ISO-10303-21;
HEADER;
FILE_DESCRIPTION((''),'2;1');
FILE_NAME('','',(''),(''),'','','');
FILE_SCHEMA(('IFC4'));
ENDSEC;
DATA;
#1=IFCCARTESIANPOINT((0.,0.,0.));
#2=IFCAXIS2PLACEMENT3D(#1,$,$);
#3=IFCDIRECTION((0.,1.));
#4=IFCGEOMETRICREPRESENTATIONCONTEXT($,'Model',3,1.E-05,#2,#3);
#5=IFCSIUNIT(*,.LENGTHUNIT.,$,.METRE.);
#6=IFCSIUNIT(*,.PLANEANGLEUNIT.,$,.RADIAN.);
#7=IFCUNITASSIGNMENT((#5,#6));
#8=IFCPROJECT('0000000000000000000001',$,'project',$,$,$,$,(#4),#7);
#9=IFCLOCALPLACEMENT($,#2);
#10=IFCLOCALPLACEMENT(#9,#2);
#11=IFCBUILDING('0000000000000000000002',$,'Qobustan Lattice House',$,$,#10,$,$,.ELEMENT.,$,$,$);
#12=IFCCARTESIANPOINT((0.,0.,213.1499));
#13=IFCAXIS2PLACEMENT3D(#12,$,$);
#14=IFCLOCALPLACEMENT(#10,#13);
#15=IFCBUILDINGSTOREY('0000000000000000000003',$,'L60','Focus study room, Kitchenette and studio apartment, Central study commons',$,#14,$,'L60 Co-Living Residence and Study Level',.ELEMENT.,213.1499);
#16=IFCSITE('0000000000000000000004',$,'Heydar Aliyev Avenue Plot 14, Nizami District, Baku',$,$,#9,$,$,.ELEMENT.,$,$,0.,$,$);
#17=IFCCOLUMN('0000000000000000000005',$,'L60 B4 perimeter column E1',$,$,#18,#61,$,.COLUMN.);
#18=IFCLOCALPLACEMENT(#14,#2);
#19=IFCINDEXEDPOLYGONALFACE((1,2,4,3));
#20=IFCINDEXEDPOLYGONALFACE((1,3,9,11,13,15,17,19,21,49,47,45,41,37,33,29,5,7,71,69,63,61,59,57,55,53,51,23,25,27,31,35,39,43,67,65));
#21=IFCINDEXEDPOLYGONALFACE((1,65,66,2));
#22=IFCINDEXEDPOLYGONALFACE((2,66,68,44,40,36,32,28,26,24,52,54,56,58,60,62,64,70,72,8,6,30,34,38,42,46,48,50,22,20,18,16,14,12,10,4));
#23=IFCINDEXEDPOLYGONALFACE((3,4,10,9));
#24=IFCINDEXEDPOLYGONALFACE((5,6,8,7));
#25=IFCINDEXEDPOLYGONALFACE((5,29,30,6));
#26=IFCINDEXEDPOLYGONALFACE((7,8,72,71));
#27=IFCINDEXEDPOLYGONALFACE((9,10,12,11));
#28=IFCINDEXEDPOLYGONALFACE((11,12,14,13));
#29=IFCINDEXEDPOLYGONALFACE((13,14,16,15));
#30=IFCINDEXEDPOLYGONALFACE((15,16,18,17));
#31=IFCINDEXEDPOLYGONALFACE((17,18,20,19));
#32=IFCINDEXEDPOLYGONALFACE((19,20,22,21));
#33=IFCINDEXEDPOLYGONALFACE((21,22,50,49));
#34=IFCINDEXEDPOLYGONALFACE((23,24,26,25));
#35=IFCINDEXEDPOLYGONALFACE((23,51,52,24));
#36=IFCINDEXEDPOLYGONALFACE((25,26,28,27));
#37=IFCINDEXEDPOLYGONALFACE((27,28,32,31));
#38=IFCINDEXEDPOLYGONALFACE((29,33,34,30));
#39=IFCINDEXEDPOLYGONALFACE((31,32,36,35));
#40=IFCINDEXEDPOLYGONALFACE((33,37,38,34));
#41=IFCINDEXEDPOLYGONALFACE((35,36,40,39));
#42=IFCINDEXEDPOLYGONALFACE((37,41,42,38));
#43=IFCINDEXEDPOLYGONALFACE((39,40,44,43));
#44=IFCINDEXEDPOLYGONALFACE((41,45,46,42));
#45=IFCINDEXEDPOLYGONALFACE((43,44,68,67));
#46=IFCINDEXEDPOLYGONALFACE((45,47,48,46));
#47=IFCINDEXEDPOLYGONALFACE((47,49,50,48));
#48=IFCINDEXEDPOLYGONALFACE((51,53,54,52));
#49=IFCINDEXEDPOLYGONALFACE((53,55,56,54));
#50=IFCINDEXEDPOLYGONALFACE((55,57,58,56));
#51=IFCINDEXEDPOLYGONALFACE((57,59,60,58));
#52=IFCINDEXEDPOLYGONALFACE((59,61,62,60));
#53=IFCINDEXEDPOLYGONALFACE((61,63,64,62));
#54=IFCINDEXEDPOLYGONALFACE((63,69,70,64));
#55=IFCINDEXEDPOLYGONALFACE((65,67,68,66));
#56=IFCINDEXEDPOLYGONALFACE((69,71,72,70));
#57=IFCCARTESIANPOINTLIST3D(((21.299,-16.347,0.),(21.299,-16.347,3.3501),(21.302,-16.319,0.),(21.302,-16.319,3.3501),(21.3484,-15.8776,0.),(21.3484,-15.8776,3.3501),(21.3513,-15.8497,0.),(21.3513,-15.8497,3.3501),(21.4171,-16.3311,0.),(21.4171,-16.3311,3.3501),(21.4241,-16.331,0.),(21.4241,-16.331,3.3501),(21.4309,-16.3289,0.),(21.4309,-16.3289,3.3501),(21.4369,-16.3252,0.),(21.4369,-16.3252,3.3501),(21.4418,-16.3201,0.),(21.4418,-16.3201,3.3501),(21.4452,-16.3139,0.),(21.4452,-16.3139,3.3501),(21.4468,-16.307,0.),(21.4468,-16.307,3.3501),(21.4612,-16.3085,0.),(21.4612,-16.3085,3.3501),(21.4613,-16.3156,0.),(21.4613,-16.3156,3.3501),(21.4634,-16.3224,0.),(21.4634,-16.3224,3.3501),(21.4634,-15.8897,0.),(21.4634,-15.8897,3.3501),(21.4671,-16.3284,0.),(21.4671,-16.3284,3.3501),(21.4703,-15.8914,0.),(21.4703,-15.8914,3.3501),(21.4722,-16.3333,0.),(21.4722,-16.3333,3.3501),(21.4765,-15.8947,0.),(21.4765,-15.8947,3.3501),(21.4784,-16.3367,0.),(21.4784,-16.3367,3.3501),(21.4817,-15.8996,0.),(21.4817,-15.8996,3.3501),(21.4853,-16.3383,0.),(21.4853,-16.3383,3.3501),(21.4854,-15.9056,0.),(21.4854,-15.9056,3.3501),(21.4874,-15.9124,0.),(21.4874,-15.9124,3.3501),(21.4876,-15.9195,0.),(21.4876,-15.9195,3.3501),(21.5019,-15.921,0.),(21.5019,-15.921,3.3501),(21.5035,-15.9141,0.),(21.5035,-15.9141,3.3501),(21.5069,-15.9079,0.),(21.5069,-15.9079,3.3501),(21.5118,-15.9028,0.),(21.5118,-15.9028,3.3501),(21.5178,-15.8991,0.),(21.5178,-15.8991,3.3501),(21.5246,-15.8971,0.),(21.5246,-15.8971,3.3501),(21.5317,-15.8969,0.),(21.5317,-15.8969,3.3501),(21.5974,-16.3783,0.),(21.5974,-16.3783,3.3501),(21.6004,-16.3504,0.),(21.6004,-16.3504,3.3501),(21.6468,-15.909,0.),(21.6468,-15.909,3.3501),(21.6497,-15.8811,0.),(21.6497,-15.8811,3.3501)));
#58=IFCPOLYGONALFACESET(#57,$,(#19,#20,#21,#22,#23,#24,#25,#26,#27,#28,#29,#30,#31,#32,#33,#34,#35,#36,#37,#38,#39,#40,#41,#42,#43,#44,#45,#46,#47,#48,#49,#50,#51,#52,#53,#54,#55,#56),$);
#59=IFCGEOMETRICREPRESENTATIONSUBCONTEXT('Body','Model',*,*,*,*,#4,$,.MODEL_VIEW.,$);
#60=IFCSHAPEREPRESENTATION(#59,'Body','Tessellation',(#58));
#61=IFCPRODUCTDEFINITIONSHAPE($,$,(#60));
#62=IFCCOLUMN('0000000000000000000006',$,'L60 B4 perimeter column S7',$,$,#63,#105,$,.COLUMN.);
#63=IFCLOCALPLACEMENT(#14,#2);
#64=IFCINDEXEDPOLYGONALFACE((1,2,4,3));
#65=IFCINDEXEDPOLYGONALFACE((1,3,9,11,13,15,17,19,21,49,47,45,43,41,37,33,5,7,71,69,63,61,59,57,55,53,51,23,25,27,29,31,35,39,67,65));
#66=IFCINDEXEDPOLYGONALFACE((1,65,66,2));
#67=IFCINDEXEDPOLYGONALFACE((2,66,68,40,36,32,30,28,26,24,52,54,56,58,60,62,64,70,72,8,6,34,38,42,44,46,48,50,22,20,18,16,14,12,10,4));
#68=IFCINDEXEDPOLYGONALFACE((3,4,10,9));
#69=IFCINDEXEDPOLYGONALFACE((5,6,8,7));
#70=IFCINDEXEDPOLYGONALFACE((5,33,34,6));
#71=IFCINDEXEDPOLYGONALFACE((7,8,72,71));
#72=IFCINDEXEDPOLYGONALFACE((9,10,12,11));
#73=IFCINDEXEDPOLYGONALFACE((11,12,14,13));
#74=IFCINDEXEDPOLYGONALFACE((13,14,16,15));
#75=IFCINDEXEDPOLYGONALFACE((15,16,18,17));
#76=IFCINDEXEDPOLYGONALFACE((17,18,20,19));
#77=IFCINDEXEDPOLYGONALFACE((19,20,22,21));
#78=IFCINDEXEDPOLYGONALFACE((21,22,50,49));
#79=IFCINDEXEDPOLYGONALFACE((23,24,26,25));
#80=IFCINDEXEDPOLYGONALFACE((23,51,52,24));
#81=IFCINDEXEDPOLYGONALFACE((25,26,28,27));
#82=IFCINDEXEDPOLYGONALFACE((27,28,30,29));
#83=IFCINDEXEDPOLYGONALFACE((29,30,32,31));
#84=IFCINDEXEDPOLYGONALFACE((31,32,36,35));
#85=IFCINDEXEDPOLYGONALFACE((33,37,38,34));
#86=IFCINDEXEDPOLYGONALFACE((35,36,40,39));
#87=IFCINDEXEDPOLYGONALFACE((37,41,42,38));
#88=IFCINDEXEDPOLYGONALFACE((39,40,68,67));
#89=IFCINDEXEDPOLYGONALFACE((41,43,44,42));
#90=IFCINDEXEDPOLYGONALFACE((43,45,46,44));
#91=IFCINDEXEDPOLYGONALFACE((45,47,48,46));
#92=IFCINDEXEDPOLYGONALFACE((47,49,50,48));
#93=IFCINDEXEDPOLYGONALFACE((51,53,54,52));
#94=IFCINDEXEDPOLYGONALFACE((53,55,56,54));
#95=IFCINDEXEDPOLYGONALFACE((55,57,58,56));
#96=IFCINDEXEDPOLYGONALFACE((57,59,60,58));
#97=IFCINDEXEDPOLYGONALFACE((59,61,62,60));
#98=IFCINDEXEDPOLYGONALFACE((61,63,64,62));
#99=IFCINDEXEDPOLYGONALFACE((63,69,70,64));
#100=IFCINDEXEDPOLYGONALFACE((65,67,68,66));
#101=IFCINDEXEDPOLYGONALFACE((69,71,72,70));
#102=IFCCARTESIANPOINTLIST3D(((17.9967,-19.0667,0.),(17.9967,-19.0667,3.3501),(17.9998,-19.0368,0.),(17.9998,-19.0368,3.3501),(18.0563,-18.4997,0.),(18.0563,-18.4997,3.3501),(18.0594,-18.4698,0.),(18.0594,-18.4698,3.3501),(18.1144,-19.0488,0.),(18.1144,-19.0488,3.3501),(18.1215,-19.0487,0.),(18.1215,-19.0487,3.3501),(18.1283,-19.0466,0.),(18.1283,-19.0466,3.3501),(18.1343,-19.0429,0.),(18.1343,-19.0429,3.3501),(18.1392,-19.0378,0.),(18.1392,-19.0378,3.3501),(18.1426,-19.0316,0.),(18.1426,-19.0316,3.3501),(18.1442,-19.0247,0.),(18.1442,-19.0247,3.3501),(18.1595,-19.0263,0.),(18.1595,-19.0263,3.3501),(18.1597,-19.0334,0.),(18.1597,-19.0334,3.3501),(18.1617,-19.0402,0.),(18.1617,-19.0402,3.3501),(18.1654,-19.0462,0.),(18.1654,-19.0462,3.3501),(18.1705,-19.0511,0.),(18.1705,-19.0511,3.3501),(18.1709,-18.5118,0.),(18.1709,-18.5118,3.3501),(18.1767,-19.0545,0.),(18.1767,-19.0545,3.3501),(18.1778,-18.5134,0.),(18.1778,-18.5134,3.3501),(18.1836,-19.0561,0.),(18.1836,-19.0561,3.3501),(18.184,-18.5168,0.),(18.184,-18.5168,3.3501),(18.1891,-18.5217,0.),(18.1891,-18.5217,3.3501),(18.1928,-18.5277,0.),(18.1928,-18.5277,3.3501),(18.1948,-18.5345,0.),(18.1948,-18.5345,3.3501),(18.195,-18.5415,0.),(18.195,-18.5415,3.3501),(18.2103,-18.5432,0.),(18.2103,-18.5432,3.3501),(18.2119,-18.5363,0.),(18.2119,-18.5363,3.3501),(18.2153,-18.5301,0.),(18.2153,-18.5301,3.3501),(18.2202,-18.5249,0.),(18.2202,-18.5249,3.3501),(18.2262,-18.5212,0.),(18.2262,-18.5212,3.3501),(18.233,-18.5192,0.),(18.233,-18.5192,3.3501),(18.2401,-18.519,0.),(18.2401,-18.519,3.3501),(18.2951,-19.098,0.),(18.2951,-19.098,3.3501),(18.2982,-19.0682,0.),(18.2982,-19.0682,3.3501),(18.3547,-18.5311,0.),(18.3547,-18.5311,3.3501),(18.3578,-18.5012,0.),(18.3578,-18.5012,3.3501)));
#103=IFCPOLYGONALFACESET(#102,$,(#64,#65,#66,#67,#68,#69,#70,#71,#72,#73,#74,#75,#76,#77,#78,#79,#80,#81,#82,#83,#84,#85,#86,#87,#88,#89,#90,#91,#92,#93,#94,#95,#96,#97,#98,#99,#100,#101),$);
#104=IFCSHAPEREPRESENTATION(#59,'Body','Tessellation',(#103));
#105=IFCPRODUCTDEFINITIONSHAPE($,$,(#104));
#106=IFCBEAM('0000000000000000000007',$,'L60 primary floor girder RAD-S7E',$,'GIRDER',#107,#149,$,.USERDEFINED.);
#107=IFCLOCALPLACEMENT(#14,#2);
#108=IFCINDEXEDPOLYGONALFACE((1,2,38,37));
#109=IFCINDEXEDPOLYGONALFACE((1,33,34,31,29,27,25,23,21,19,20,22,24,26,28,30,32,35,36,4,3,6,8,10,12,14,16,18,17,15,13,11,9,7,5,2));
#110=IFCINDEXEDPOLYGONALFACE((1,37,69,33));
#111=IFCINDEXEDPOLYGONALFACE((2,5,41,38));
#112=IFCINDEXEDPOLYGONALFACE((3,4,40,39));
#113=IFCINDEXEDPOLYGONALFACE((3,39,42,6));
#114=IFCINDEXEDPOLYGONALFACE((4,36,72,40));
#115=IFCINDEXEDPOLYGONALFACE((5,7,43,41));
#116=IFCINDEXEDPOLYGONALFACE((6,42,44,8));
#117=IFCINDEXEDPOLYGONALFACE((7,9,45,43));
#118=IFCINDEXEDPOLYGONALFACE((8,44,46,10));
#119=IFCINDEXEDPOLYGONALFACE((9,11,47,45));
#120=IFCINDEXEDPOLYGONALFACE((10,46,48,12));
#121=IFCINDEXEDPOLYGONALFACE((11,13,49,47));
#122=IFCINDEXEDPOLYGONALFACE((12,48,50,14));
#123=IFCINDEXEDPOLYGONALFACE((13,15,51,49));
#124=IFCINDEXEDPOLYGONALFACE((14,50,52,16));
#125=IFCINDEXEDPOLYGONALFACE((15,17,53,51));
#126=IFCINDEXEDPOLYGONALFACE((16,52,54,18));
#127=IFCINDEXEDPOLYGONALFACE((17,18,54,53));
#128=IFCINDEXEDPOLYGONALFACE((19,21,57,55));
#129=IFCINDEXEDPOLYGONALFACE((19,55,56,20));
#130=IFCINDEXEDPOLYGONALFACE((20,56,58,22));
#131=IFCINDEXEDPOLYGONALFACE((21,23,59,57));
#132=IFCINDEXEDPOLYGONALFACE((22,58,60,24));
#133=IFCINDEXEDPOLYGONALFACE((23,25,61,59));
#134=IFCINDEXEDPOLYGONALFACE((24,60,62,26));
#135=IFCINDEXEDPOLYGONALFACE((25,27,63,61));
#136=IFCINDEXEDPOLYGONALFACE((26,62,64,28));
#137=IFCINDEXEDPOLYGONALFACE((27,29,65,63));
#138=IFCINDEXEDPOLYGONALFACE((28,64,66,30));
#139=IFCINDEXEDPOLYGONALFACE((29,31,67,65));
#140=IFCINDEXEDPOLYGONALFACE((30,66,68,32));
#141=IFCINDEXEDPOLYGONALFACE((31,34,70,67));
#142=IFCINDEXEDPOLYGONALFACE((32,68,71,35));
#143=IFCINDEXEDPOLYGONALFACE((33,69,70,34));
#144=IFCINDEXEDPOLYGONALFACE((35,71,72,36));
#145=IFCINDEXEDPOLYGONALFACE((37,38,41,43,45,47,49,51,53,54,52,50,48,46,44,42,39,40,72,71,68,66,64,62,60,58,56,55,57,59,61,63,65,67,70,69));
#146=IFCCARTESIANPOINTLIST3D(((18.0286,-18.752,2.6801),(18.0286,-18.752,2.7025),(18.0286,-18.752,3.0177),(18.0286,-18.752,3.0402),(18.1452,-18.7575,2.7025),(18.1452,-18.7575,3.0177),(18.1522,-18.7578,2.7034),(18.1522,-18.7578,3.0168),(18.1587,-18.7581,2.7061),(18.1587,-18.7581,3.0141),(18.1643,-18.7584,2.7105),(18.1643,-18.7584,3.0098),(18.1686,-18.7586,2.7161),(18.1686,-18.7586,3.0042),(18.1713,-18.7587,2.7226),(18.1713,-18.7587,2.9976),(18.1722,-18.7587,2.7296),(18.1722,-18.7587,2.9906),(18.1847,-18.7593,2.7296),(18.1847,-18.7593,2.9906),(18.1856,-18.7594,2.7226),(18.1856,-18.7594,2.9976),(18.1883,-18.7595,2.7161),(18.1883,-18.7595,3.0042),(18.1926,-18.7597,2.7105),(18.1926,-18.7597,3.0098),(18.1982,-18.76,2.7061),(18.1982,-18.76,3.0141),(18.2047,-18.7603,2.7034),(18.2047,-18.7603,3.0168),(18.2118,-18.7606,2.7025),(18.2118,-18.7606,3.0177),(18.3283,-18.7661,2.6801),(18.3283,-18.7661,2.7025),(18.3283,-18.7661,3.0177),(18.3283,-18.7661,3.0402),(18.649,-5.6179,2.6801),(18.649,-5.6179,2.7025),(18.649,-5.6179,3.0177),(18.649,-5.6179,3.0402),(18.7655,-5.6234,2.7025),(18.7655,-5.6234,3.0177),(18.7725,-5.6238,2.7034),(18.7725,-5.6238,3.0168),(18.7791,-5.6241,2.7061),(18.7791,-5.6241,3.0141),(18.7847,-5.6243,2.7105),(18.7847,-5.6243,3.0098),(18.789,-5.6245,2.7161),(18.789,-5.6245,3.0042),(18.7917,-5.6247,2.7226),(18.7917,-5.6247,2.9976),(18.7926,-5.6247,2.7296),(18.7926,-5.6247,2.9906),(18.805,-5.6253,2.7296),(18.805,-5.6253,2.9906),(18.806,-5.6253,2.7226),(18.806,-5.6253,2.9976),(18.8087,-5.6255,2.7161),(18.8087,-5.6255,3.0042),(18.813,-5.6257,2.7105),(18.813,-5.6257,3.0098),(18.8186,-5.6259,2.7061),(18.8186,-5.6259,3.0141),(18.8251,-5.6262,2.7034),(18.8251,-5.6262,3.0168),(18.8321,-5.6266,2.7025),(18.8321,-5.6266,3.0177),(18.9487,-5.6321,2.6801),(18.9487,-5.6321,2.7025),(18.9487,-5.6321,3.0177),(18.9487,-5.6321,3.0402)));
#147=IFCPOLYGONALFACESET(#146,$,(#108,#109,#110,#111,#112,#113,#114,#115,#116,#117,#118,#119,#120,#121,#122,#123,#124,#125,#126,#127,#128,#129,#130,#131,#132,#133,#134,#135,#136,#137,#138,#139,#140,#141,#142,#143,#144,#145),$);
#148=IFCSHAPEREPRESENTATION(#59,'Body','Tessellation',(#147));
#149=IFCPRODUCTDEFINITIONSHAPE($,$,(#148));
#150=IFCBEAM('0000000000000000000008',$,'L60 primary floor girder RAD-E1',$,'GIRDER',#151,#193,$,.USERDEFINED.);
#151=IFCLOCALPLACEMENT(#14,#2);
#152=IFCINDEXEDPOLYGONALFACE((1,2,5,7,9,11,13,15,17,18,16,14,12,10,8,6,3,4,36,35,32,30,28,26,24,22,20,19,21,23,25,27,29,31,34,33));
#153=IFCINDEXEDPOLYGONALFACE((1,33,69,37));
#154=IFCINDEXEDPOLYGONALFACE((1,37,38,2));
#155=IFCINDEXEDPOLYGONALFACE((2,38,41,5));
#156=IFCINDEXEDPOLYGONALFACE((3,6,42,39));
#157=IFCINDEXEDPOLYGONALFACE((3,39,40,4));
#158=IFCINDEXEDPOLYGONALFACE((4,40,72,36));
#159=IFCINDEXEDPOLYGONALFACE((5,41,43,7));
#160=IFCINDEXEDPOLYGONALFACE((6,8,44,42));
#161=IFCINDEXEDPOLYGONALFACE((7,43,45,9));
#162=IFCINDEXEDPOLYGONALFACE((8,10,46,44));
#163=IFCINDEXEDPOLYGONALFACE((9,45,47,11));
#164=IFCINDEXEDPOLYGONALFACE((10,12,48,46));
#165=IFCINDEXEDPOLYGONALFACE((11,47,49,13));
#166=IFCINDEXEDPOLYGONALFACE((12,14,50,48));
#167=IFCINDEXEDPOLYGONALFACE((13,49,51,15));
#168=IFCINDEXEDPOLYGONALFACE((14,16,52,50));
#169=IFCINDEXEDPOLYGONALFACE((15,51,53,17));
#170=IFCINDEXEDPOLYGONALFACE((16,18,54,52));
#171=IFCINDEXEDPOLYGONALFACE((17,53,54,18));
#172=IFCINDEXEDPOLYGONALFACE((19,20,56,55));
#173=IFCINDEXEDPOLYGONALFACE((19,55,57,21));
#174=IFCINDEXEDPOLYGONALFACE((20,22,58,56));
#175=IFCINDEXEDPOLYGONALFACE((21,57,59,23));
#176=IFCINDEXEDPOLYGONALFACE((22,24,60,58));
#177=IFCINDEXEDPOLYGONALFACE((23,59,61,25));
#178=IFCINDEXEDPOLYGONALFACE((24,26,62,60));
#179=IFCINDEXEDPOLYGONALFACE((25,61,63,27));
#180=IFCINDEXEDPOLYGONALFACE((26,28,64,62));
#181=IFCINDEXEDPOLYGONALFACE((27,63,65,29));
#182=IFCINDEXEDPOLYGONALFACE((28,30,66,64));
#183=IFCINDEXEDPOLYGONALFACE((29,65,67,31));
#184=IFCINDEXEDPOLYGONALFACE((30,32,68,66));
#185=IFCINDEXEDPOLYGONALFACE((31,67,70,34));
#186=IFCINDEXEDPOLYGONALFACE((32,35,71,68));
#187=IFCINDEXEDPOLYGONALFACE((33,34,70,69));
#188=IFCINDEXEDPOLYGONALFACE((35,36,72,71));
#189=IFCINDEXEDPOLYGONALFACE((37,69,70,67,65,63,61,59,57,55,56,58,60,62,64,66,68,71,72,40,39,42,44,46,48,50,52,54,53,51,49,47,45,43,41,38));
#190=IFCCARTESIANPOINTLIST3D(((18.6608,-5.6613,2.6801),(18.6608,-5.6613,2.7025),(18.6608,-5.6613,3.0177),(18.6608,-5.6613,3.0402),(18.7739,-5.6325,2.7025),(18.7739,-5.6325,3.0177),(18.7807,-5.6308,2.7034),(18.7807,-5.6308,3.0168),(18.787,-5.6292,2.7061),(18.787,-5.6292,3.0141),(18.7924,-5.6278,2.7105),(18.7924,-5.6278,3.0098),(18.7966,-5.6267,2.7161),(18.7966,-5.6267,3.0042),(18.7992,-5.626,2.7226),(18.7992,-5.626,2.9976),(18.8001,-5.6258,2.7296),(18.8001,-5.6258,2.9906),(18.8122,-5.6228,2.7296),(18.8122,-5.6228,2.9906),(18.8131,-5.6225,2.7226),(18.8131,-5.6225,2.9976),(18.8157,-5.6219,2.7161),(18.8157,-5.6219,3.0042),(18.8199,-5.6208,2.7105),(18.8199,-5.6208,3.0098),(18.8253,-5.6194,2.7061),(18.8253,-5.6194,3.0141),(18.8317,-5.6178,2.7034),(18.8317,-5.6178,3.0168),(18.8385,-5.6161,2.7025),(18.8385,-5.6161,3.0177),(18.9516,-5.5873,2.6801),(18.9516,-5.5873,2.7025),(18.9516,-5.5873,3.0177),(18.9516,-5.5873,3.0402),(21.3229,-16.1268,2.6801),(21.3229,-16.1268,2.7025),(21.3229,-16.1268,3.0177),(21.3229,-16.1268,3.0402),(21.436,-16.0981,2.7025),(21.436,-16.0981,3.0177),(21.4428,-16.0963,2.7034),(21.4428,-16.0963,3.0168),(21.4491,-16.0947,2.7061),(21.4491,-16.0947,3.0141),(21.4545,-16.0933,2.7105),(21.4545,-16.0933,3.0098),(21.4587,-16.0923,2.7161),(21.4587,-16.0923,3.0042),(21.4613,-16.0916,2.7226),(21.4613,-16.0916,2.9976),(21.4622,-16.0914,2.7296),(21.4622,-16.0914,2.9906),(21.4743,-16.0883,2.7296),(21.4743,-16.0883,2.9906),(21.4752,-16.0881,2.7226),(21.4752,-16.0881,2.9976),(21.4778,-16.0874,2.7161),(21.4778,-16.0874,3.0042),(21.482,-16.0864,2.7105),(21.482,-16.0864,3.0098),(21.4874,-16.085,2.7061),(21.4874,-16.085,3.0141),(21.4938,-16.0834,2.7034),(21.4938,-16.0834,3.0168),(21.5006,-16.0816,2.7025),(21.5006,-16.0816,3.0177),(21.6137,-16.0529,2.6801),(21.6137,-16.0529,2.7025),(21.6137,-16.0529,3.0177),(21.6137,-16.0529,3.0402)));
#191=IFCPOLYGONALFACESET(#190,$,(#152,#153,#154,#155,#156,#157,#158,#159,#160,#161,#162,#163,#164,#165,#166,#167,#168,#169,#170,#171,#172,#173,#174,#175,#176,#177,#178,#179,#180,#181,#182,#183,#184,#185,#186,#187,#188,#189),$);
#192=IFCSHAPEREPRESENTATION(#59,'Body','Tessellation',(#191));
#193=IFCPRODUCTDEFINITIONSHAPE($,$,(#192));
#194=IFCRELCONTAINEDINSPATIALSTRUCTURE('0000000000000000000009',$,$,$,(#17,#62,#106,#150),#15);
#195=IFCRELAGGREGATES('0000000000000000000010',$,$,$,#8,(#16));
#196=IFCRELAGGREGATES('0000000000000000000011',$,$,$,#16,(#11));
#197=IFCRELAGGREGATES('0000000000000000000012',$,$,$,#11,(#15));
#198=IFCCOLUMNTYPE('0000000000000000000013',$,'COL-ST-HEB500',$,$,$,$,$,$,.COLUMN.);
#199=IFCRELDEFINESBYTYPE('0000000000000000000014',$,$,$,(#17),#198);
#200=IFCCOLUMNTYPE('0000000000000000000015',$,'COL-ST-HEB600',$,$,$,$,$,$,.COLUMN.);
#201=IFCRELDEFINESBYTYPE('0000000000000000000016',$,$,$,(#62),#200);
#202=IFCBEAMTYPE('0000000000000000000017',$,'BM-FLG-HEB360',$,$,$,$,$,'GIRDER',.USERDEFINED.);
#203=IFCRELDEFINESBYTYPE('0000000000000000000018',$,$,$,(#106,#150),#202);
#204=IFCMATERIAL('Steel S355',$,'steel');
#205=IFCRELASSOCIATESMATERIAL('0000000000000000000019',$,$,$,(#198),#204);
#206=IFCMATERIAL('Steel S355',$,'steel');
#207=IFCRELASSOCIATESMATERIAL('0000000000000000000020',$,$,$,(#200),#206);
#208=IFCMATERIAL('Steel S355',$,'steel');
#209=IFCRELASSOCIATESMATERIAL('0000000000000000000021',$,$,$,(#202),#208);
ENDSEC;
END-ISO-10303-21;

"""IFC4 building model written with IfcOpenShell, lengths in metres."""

from ifc_helpers import new_model, si_unit, direction, frame, origin, origin_2d, place, context, subcontext, project, spatial, i_section, extrude, material, material_profile, profile_set, type_object, element, save


model = new_model("IFC4")

# Units and contexts
model_context = context("Model", 3, precision=1e-05, world=origin(), true_north=direction((0.0, 1.0)))
body_context = subcontext(model_context, "Body", "Model", "MODEL_VIEW")
ifc_project = project(units=[si_unit("LENGTHUNIT", "METRE"), si_unit("PLANEANGLEUNIT", "RADIAN")], contexts=[model_context])

# Site, building, storey
site_placement = place(None, origin())
site = spatial("IfcSite", under=ifc_project, at=site_placement, Name="Heydar Aliyev Avenue Plot 14, Nizami District, Baku", CompositionType="ELEMENT", RefElevation=0.0)
building_placement = place(site_placement, origin())
building = spatial("IfcBuilding", under=site, at=building_placement, Name="Qobustan Lattice House", CompositionType="ELEMENT")
storey_placement = place(building_placement, frame((0.0, 0.0, 213.1499)))
storey = spatial("IfcBuildingStorey", under=building, at=storey_placement, Name="L60", Description="Focus study room, Kitchenette and studio apartment, Central study commons", LongName="L60 Co-Living Residence and Study Level", CompositionType="ELEMENT", Elevation=213.1499)

# Columns
ifc_material_1 = material(Name="Steel S355", Category="steel")
ifc_material_profile_1 = material_profile(ifc_material_1, i_section(OverallWidth=0.3, OverallDepth=0.5, WebThickness=0.0144, FlangeThickness=0.0281, FilletRadius=0.0271, at=origin_2d()), Name="HEB500")
ifc_profile_set_1 = profile_set([ifc_material_profile_1], Name="Steel S355")
column_type_1 = type_object("IfcColumnType", Name="COL-ST-HEB500", PredefinedType="COLUMN", material=ifc_profile_set_1)
column_1_placement = place(storey_placement, frame((21.4744, -16.114, 0.0), z_axis=(0.0, 0.0, 1.0), x_axis=(0.994522, -0.104528, 0.0)))
element("IfcColumn", 1, at=column_1_placement, inside=storey, type_object=column_type_1, Name="L60 B4 perimeter column E1", PredefinedType="COLUMN", context=body_context, shape_type="SweptSolid", body=[
    extrude(i_section(OverallWidth=0.3, OverallDepth=0.5, WebThickness=0.0144, FlangeThickness=0.0281, FilletRadius=0.0271, at=origin_2d()), origin(), (0.0, 0.0, 1.0), 3.3501),
])
ifc_material_2 = material(Name="Steel S355", Category="steel")
ifc_material_profile_2 = material_profile(ifc_material_2, i_section(OverallWidth=0.3, OverallDepth=0.6001, WebThickness=0.0154, FlangeThickness=0.03, FilletRadius=0.0271, at=origin_2d()), Name="HEB600")
ifc_profile_set_2 = profile_set([ifc_material_profile_2], Name="Steel S355")
column_type_2 = type_object("IfcColumnType", Name="COL-ST-HEB600", PredefinedType="COLUMN", material=ifc_profile_set_2)
column_2_placement = place(storey_placement, frame((18.1772, -18.7839, 0.0), z_axis=(0.0, 0.0, 1.0), x_axis=(0.994522, -0.104528, 0.0)))
element("IfcColumn", 2, at=column_2_placement, inside=storey, type_object=column_type_2, Name="L60 B4 perimeter column S7", PredefinedType="COLUMN", context=body_context, shape_type="SweptSolid", body=[
    extrude(i_section(OverallWidth=0.3, OverallDepth=0.6001, WebThickness=0.0154, FlangeThickness=0.03, FilletRadius=0.0271, at=origin_2d()), origin(), (0.0, 0.0, 1.0), 3.3501),
])

# Beams
ifc_material_3 = material(Name="Steel S355", Category="steel")
ifc_material_profile_3 = material_profile(ifc_material_3, i_section(OverallWidth=0.3, OverallDepth=0.3601, WebThickness=0.0125, FlangeThickness=0.0225, FilletRadius=0.0271, at=origin_2d()), Name="HEB360")
ifc_profile_set_3 = profile_set([ifc_material_profile_3], Name="Steel S355")
beam_type_1 = type_object("IfcBeamType", Name="BM-FLG-HEB360", ElementType="GIRDER", PredefinedType="USERDEFINED", material=ifc_profile_set_3)
beam_1_placement = place(storey_placement, frame((18.1785, -18.759, 2.8601), z_axis=(0.047181, 0.998886, 0.0), x_axis=(-0.998886, 0.047181, 0.0)))
element("IfcBeam", 3, at=beam_1_placement, inside=storey, type_object=beam_type_1, Name="L60 primary floor girder RAD-S7E", ObjectType="GIRDER", PredefinedType="USERDEFINED", context=body_context, shape_type="SweptSolid", body=[
    extrude(i_section(OverallWidth=0.3, OverallDepth=0.3601, WebThickness=0.0125, FlangeThickness=0.0225, FilletRadius=0.0271, at=origin_2d()), origin(), (0.0, 0.0, 1.0), 13.1487),
])
beam_2_placement = place(storey_placement, frame((21.4683, -16.0898, 2.8601), z_axis=(-0.246518, 0.969138, 0.0), x_axis=(-0.969138, -0.246518, 0.0)))
element("IfcBeam", 4, at=beam_2_placement, inside=storey, type_object=beam_type_1, Name="L60 primary floor girder RAD-E1", ObjectType="GIRDER", PredefinedType="USERDEFINED", context=body_context, shape_type="SweptSolid", body=[
    extrude(i_section(OverallWidth=0.3, OverallDepth=0.3601, WebThickness=0.0125, FlangeThickness=0.0225, FilletRadius=0.0271, at=origin_2d()), origin(), (0.0, 0.0, 1.0), 10.7988),
])

save(model, "model.ifc")
